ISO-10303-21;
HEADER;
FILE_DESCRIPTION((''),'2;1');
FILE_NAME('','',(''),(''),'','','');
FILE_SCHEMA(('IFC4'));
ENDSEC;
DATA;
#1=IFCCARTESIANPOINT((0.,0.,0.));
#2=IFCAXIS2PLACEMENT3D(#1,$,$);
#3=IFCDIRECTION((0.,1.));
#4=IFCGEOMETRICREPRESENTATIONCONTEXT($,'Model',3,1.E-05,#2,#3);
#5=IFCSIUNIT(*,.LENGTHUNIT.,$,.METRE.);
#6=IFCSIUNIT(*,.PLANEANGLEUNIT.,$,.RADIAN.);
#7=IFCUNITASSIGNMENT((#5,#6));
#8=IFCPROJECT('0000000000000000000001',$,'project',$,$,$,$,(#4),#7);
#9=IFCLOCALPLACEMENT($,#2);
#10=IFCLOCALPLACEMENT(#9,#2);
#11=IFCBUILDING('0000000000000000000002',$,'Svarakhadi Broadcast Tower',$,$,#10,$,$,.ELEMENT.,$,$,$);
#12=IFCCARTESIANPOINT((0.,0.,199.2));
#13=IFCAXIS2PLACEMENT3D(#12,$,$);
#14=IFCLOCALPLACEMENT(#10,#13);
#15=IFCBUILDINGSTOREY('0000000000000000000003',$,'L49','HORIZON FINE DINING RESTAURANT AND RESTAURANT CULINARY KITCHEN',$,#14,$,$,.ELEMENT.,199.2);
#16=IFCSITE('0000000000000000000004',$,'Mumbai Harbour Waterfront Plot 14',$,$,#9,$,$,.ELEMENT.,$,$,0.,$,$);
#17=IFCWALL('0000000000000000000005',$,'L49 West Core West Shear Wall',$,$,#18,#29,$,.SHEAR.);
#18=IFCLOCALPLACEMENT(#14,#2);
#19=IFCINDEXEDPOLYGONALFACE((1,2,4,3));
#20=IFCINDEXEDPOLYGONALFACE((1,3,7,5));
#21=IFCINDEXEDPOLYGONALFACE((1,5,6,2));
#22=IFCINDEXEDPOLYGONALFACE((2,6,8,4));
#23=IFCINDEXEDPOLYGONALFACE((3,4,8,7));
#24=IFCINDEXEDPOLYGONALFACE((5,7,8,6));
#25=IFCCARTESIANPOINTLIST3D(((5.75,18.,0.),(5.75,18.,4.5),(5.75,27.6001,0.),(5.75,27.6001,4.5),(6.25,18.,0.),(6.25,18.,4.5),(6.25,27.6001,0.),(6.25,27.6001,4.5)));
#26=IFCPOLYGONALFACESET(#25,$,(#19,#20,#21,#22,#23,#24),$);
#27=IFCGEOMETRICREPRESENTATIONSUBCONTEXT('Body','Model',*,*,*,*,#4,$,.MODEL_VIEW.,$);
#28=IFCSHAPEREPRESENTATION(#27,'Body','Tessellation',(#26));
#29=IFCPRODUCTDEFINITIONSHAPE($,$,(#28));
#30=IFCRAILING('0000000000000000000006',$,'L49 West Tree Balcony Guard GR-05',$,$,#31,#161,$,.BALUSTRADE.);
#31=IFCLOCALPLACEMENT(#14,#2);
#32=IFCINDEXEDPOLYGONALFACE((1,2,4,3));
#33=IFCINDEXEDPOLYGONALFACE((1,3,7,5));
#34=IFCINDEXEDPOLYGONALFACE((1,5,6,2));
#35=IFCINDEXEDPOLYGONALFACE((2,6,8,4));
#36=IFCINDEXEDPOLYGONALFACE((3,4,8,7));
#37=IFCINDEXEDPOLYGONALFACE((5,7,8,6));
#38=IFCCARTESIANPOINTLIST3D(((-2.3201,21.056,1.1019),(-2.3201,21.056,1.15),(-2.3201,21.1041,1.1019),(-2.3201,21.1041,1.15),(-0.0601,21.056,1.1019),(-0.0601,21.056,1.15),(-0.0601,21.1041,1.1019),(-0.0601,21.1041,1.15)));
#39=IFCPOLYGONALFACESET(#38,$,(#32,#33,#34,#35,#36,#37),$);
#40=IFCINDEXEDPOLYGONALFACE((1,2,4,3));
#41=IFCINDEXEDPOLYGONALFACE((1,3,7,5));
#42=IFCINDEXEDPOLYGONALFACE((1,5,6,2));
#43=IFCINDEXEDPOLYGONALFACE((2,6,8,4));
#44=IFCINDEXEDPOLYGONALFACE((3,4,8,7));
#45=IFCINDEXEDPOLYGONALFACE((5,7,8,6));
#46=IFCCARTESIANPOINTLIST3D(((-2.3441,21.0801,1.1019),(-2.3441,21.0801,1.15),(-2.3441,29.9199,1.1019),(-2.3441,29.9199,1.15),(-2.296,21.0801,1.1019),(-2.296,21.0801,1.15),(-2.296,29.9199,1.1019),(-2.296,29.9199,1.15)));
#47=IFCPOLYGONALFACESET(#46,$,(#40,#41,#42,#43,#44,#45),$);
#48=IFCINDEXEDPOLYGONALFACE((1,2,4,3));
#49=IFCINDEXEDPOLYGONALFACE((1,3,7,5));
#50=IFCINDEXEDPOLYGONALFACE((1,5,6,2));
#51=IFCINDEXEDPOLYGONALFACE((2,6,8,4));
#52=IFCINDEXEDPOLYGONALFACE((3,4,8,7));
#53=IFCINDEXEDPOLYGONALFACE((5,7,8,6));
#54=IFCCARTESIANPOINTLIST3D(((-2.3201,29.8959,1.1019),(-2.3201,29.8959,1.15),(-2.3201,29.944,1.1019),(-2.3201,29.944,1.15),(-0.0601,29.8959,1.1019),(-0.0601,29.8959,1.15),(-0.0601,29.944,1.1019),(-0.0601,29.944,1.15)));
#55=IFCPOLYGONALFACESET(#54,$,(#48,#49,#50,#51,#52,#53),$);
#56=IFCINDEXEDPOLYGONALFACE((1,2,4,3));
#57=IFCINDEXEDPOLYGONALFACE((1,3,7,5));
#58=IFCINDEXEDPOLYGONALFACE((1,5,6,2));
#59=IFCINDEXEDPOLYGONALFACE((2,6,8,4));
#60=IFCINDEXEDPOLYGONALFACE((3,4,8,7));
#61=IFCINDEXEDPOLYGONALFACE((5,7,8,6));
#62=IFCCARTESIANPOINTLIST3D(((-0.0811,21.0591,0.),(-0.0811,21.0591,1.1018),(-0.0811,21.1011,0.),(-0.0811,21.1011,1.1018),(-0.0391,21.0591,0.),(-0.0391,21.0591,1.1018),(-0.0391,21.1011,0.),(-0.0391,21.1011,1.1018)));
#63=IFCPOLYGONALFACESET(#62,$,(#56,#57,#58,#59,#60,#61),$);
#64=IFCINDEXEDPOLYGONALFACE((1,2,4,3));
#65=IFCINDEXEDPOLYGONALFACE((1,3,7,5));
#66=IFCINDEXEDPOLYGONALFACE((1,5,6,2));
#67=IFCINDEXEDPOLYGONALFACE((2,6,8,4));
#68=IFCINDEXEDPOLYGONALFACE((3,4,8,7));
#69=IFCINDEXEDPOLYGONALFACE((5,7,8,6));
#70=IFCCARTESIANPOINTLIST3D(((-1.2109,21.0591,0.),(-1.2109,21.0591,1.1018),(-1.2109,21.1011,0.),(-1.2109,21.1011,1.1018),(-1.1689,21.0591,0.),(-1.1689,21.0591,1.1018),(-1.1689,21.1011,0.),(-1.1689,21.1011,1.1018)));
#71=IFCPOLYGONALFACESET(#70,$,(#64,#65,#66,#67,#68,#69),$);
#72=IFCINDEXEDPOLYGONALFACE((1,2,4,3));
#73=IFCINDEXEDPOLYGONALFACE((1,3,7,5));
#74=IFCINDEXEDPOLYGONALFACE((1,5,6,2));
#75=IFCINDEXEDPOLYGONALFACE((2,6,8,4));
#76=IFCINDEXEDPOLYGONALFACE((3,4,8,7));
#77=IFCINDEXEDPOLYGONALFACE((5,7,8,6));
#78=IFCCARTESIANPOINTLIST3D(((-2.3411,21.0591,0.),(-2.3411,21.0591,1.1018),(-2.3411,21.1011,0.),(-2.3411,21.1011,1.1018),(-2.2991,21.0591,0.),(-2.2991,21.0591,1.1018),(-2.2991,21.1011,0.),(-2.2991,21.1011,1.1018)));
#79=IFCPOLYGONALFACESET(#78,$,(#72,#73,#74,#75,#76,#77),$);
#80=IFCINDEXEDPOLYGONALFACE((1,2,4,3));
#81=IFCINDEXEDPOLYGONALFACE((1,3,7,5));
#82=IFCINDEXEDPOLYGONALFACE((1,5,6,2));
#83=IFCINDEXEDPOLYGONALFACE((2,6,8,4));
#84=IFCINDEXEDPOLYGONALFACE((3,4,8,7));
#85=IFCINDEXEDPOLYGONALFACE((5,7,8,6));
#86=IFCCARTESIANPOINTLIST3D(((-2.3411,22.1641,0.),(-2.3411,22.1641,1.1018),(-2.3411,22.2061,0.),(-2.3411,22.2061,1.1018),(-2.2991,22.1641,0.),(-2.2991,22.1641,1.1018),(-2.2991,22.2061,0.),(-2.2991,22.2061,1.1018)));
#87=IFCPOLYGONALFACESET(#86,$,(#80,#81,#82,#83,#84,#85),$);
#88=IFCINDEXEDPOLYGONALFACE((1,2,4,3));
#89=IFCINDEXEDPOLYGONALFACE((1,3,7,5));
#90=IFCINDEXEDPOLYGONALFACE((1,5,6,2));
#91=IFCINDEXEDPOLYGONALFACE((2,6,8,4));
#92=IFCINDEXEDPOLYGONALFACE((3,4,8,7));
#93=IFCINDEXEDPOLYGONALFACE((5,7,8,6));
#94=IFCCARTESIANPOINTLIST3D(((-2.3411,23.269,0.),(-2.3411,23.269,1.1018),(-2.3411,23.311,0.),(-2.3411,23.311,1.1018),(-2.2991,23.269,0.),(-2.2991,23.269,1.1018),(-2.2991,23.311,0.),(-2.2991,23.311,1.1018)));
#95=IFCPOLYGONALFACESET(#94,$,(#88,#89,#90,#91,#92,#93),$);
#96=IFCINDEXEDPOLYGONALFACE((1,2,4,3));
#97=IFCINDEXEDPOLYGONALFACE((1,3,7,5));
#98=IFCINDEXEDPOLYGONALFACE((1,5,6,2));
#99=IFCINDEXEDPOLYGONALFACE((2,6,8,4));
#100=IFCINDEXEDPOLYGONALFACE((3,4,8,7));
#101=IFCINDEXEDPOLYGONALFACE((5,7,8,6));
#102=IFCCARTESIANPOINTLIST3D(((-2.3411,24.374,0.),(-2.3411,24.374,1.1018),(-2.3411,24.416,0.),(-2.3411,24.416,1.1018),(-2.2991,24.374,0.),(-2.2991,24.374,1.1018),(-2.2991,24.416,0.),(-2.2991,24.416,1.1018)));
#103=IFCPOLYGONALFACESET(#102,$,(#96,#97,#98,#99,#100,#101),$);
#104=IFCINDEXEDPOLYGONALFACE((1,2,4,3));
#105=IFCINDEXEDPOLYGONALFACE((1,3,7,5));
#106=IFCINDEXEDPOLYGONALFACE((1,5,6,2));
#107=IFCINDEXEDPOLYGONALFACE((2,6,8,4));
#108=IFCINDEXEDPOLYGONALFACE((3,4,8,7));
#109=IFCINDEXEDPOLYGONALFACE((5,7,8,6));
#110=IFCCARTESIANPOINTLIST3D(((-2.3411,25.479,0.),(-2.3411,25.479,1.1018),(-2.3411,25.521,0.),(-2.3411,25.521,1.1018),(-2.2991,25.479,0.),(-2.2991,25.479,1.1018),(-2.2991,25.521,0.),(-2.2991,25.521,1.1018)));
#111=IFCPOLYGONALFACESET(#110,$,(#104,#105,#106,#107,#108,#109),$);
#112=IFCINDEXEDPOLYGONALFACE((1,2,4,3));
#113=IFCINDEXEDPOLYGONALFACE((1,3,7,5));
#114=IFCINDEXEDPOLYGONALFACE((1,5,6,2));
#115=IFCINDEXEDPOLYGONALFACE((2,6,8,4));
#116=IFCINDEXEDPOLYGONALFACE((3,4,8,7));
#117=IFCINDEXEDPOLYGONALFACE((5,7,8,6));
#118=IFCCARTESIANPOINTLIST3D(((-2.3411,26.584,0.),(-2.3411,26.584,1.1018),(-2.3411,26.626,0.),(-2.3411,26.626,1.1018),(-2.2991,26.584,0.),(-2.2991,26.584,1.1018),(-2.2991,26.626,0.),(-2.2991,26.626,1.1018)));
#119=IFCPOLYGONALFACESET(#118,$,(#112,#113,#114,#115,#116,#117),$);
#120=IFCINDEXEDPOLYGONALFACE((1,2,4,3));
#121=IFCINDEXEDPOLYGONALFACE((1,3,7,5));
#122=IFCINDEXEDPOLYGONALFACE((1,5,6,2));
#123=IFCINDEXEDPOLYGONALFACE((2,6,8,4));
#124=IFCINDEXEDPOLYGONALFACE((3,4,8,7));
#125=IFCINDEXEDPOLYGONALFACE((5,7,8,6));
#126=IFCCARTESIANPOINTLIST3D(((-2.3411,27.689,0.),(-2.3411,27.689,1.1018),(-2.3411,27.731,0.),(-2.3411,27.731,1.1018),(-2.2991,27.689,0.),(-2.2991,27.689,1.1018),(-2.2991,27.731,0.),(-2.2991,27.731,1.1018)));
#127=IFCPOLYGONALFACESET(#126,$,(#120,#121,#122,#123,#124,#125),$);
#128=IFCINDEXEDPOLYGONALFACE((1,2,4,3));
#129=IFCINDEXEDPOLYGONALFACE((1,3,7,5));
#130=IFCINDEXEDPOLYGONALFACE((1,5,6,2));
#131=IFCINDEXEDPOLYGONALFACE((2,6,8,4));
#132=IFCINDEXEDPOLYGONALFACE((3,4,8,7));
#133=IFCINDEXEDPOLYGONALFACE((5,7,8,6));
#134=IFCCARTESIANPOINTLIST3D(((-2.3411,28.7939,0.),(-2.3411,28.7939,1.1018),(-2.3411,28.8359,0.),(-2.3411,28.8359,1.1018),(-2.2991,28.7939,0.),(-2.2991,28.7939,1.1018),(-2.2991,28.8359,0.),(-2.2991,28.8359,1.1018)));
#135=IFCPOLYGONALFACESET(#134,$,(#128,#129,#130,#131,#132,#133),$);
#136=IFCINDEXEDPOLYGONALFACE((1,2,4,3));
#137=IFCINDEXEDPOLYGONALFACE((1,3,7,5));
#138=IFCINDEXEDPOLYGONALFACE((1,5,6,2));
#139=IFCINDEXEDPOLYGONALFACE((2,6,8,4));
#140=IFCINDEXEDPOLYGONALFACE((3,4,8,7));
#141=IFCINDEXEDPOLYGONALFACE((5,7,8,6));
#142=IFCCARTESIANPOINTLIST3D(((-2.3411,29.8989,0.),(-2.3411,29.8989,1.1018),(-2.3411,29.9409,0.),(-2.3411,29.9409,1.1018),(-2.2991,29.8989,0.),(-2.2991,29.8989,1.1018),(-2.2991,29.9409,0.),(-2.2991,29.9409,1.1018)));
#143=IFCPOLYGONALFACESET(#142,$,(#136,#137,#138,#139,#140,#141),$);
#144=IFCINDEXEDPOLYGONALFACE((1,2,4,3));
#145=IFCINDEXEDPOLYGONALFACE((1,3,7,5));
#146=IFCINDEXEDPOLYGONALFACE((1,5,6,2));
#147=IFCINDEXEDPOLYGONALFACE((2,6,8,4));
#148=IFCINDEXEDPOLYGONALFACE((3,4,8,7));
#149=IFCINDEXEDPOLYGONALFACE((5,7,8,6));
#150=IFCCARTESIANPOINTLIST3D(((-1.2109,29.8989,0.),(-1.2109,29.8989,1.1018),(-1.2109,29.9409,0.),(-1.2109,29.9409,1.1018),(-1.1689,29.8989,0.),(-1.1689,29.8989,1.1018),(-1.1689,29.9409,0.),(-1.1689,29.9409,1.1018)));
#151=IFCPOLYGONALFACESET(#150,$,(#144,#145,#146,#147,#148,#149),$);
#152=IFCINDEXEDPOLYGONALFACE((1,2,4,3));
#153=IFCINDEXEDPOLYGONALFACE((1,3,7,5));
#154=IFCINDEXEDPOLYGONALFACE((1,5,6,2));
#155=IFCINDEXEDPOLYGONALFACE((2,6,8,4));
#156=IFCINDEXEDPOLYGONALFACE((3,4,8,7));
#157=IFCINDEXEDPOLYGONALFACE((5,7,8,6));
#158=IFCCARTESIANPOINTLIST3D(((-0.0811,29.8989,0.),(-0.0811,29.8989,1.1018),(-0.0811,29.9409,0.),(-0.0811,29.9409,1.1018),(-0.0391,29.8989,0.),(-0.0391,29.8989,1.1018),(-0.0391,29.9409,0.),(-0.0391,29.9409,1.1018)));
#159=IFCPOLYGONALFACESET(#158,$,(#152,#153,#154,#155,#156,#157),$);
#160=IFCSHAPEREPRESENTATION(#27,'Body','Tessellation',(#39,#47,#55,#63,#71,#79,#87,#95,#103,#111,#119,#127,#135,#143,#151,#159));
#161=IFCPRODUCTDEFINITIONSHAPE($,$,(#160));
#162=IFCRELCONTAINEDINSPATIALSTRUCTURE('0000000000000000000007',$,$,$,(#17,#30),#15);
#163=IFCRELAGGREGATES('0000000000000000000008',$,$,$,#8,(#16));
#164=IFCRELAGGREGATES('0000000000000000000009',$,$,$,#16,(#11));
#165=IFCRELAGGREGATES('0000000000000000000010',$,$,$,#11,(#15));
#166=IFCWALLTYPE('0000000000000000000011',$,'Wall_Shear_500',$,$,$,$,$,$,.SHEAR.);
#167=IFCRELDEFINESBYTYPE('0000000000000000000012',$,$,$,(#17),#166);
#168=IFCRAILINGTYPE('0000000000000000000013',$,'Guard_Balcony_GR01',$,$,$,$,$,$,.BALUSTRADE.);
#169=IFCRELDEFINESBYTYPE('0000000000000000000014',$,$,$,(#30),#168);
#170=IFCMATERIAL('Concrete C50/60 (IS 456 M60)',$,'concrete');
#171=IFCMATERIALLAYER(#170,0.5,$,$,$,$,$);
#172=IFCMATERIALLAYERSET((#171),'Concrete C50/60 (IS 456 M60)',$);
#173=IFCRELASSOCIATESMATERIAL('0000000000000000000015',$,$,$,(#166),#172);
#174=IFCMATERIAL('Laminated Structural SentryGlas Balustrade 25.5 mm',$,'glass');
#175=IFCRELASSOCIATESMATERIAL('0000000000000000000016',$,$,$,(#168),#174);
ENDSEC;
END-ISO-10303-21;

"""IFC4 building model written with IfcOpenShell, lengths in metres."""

from ifc_helpers import new_model, si_unit, direction, frame, frame_2d, origin, origin_2d, place, context, subcontext, project, spatial, rectangle, extrude, material, layer, layer_set, type_object, element, save


model = new_model("IFC4")

# Units and contexts
model_context = context("Model", 3, precision=1e-05, world=origin(), true_north=direction((0.0, 1.0)))
body_context = subcontext(model_context, "Body", "Model", "MODEL_VIEW")
ifc_project = project(units=[si_unit("LENGTHUNIT", "METRE"), si_unit("PLANEANGLEUNIT", "RADIAN")], contexts=[model_context])

# Site, building, storey
site_placement = place(None, origin())
site = spatial("IfcSite", under=ifc_project, at=site_placement, Name="Mumbai Harbour Waterfront Plot 14", CompositionType="ELEMENT", RefElevation=0.0)
building_placement = place(site_placement, origin())
building = spatial("IfcBuilding", under=site, at=building_placement, Name="Svarakhadi Broadcast Tower", CompositionType="ELEMENT")
storey_placement = place(building_placement, frame((0.0, 0.0, 199.2)))
storey = spatial("IfcBuildingStorey", under=building, at=storey_placement, Name="L49", Description="HORIZON FINE DINING RESTAURANT AND RESTAURANT CULINARY KITCHEN", CompositionType="ELEMENT", Elevation=199.2)

# Shared definitions
ifc_material_1 = material(Name="Concrete C50/60 (IS 456 M60)", Category="concrete")

# Shared definitions
ifc_layer_1 = layer(ifc_material_1, 0.5)
ifc_layer_set_1 = layer_set([ifc_layer_1], Name="Concrete C50/60 (IS 456 M60)")
wall_type_1 = type_object("IfcWallType", Name="Wall_Shear_500", PredefinedType="SHEAR", material=ifc_layer_set_1)

# Wall
wall_1_placement = place(storey_placement, frame((6.0, 18.0, 0.0), z_axis=(0.0, 0.0, 1.0), x_axis=(0.0, 1.0, 0.0)))
element("IfcWall", 1, at=wall_1_placement, inside=storey, type_object=wall_type_1, Name="L49 West Core West Shear Wall", PredefinedType="SHEAR", context=body_context, shape_type="SweptSolid", body=[
    extrude(rectangle(XDim=9.6001, YDim=0.5, at=frame_2d((4.8, 0.0))), origin(), (0.0, 0.0, 1.0), 4.5),
])

# Railing
ifc_material_2 = material(Name="Laminated Structural SentryGlas Balustrade 25.5 mm", Category="glass")
railing_type = type_object("IfcRailingType", Name="Guard_Balcony_GR01", PredefinedType="BALUSTRADE", material=ifc_material_2)
railing_placement = place(storey_placement, frame((-0.0601, 21.0801, 0.0)))
element("IfcRailing", 2, at=railing_placement, inside=storey, type_object=railing_type, Name="L49 West Tree Balcony Guard GR-05", PredefinedType="BALUSTRADE", context=body_context, shape_type="SweptSolid", body=[
    extrude(rectangle(XDim=0.0481, YDim=0.0481, at=origin_2d()), frame((0.0, 0.0, 1.126), z_axis=(-1.0, 0.0, 0.0), x_axis=(0.0, -1.0, 0.0)), (0.0, 0.0, 1.0), 2.26),
    extrude(rectangle(XDim=0.0481, YDim=0.0481, at=origin_2d()), frame((-2.26, 0.0, 1.126), z_axis=(0.0, 1.0, 0.0), x_axis=(-1.0, 0.0, 0.0)), (0.0, 0.0, 1.0), 8.8398),
    extrude(rectangle(XDim=0.0481, YDim=0.0481, at=origin_2d()), frame((-2.26, 8.8398, 1.126), z_axis=(1.0, 0.0, 0.0), x_axis=(0.0, 1.0, 0.0)), (0.0, 0.0, 1.0), 2.26),
    extrude(rectangle(XDim=0.042, YDim=0.042, at=origin_2d()), origin(), (0.0, 0.0, 1.0), 1.1018),
    extrude(rectangle(XDim=0.042, YDim=0.042, at=origin_2d()), frame((-1.1299, 0.0, 0.0)), (0.0, 0.0, 1.0), 1.1018),
    extrude(rectangle(XDim=0.042, YDim=0.042, at=origin_2d()), frame((-2.26, 0.0, 0.0)), (0.0, 0.0, 1.0), 1.1018),
    extrude(rectangle(XDim=0.042, YDim=0.042, at=origin_2d()), frame((-2.26, 1.105, 0.0)), (0.0, 0.0, 1.0), 1.1018),
    extrude(rectangle(XDim=0.042, YDim=0.042, at=origin_2d()), frame((-2.26, 2.21, 0.0)), (0.0, 0.0, 1.0), 1.1018),
    extrude(rectangle(XDim=0.042, YDim=0.042, at=origin_2d()), frame((-2.26, 3.3149, 0.0)), (0.0, 0.0, 1.0), 1.1018),
    extrude(rectangle(XDim=0.042, YDim=0.042, at=origin_2d()), frame((-2.26, 4.4199, 0.0)), (0.0, 0.0, 1.0), 1.1018),
    extrude(rectangle(XDim=0.042, YDim=0.042, at=origin_2d()), frame((-2.26, 5.5249, 0.0)), (0.0, 0.0, 1.0), 1.1018),
    extrude(rectangle(XDim=0.042, YDim=0.042, at=origin_2d()), frame((-2.26, 6.6299, 0.0)), (0.0, 0.0, 1.0), 1.1018),
    extrude(rectangle(XDim=0.042, YDim=0.042, at=origin_2d()), frame((-2.26, 7.7349, 0.0)), (0.0, 0.0, 1.0), 1.1018),
    extrude(rectangle(XDim=0.042, YDim=0.042, at=origin_2d()), frame((-2.26, 8.8398, 0.0)), (0.0, 0.0, 1.0), 1.1018),
    extrude(rectangle(XDim=0.042, YDim=0.042, at=origin_2d()), frame((-1.1299, 8.8398, 0.0)), (0.0, 0.0, 1.0), 1.1018),
    extrude(rectangle(XDim=0.042, YDim=0.042, at=origin_2d()), frame((0.0, 8.8398, 0.0)), (0.0, 0.0, 1.0), 1.1018),
])

save(model, "model.ifc")
